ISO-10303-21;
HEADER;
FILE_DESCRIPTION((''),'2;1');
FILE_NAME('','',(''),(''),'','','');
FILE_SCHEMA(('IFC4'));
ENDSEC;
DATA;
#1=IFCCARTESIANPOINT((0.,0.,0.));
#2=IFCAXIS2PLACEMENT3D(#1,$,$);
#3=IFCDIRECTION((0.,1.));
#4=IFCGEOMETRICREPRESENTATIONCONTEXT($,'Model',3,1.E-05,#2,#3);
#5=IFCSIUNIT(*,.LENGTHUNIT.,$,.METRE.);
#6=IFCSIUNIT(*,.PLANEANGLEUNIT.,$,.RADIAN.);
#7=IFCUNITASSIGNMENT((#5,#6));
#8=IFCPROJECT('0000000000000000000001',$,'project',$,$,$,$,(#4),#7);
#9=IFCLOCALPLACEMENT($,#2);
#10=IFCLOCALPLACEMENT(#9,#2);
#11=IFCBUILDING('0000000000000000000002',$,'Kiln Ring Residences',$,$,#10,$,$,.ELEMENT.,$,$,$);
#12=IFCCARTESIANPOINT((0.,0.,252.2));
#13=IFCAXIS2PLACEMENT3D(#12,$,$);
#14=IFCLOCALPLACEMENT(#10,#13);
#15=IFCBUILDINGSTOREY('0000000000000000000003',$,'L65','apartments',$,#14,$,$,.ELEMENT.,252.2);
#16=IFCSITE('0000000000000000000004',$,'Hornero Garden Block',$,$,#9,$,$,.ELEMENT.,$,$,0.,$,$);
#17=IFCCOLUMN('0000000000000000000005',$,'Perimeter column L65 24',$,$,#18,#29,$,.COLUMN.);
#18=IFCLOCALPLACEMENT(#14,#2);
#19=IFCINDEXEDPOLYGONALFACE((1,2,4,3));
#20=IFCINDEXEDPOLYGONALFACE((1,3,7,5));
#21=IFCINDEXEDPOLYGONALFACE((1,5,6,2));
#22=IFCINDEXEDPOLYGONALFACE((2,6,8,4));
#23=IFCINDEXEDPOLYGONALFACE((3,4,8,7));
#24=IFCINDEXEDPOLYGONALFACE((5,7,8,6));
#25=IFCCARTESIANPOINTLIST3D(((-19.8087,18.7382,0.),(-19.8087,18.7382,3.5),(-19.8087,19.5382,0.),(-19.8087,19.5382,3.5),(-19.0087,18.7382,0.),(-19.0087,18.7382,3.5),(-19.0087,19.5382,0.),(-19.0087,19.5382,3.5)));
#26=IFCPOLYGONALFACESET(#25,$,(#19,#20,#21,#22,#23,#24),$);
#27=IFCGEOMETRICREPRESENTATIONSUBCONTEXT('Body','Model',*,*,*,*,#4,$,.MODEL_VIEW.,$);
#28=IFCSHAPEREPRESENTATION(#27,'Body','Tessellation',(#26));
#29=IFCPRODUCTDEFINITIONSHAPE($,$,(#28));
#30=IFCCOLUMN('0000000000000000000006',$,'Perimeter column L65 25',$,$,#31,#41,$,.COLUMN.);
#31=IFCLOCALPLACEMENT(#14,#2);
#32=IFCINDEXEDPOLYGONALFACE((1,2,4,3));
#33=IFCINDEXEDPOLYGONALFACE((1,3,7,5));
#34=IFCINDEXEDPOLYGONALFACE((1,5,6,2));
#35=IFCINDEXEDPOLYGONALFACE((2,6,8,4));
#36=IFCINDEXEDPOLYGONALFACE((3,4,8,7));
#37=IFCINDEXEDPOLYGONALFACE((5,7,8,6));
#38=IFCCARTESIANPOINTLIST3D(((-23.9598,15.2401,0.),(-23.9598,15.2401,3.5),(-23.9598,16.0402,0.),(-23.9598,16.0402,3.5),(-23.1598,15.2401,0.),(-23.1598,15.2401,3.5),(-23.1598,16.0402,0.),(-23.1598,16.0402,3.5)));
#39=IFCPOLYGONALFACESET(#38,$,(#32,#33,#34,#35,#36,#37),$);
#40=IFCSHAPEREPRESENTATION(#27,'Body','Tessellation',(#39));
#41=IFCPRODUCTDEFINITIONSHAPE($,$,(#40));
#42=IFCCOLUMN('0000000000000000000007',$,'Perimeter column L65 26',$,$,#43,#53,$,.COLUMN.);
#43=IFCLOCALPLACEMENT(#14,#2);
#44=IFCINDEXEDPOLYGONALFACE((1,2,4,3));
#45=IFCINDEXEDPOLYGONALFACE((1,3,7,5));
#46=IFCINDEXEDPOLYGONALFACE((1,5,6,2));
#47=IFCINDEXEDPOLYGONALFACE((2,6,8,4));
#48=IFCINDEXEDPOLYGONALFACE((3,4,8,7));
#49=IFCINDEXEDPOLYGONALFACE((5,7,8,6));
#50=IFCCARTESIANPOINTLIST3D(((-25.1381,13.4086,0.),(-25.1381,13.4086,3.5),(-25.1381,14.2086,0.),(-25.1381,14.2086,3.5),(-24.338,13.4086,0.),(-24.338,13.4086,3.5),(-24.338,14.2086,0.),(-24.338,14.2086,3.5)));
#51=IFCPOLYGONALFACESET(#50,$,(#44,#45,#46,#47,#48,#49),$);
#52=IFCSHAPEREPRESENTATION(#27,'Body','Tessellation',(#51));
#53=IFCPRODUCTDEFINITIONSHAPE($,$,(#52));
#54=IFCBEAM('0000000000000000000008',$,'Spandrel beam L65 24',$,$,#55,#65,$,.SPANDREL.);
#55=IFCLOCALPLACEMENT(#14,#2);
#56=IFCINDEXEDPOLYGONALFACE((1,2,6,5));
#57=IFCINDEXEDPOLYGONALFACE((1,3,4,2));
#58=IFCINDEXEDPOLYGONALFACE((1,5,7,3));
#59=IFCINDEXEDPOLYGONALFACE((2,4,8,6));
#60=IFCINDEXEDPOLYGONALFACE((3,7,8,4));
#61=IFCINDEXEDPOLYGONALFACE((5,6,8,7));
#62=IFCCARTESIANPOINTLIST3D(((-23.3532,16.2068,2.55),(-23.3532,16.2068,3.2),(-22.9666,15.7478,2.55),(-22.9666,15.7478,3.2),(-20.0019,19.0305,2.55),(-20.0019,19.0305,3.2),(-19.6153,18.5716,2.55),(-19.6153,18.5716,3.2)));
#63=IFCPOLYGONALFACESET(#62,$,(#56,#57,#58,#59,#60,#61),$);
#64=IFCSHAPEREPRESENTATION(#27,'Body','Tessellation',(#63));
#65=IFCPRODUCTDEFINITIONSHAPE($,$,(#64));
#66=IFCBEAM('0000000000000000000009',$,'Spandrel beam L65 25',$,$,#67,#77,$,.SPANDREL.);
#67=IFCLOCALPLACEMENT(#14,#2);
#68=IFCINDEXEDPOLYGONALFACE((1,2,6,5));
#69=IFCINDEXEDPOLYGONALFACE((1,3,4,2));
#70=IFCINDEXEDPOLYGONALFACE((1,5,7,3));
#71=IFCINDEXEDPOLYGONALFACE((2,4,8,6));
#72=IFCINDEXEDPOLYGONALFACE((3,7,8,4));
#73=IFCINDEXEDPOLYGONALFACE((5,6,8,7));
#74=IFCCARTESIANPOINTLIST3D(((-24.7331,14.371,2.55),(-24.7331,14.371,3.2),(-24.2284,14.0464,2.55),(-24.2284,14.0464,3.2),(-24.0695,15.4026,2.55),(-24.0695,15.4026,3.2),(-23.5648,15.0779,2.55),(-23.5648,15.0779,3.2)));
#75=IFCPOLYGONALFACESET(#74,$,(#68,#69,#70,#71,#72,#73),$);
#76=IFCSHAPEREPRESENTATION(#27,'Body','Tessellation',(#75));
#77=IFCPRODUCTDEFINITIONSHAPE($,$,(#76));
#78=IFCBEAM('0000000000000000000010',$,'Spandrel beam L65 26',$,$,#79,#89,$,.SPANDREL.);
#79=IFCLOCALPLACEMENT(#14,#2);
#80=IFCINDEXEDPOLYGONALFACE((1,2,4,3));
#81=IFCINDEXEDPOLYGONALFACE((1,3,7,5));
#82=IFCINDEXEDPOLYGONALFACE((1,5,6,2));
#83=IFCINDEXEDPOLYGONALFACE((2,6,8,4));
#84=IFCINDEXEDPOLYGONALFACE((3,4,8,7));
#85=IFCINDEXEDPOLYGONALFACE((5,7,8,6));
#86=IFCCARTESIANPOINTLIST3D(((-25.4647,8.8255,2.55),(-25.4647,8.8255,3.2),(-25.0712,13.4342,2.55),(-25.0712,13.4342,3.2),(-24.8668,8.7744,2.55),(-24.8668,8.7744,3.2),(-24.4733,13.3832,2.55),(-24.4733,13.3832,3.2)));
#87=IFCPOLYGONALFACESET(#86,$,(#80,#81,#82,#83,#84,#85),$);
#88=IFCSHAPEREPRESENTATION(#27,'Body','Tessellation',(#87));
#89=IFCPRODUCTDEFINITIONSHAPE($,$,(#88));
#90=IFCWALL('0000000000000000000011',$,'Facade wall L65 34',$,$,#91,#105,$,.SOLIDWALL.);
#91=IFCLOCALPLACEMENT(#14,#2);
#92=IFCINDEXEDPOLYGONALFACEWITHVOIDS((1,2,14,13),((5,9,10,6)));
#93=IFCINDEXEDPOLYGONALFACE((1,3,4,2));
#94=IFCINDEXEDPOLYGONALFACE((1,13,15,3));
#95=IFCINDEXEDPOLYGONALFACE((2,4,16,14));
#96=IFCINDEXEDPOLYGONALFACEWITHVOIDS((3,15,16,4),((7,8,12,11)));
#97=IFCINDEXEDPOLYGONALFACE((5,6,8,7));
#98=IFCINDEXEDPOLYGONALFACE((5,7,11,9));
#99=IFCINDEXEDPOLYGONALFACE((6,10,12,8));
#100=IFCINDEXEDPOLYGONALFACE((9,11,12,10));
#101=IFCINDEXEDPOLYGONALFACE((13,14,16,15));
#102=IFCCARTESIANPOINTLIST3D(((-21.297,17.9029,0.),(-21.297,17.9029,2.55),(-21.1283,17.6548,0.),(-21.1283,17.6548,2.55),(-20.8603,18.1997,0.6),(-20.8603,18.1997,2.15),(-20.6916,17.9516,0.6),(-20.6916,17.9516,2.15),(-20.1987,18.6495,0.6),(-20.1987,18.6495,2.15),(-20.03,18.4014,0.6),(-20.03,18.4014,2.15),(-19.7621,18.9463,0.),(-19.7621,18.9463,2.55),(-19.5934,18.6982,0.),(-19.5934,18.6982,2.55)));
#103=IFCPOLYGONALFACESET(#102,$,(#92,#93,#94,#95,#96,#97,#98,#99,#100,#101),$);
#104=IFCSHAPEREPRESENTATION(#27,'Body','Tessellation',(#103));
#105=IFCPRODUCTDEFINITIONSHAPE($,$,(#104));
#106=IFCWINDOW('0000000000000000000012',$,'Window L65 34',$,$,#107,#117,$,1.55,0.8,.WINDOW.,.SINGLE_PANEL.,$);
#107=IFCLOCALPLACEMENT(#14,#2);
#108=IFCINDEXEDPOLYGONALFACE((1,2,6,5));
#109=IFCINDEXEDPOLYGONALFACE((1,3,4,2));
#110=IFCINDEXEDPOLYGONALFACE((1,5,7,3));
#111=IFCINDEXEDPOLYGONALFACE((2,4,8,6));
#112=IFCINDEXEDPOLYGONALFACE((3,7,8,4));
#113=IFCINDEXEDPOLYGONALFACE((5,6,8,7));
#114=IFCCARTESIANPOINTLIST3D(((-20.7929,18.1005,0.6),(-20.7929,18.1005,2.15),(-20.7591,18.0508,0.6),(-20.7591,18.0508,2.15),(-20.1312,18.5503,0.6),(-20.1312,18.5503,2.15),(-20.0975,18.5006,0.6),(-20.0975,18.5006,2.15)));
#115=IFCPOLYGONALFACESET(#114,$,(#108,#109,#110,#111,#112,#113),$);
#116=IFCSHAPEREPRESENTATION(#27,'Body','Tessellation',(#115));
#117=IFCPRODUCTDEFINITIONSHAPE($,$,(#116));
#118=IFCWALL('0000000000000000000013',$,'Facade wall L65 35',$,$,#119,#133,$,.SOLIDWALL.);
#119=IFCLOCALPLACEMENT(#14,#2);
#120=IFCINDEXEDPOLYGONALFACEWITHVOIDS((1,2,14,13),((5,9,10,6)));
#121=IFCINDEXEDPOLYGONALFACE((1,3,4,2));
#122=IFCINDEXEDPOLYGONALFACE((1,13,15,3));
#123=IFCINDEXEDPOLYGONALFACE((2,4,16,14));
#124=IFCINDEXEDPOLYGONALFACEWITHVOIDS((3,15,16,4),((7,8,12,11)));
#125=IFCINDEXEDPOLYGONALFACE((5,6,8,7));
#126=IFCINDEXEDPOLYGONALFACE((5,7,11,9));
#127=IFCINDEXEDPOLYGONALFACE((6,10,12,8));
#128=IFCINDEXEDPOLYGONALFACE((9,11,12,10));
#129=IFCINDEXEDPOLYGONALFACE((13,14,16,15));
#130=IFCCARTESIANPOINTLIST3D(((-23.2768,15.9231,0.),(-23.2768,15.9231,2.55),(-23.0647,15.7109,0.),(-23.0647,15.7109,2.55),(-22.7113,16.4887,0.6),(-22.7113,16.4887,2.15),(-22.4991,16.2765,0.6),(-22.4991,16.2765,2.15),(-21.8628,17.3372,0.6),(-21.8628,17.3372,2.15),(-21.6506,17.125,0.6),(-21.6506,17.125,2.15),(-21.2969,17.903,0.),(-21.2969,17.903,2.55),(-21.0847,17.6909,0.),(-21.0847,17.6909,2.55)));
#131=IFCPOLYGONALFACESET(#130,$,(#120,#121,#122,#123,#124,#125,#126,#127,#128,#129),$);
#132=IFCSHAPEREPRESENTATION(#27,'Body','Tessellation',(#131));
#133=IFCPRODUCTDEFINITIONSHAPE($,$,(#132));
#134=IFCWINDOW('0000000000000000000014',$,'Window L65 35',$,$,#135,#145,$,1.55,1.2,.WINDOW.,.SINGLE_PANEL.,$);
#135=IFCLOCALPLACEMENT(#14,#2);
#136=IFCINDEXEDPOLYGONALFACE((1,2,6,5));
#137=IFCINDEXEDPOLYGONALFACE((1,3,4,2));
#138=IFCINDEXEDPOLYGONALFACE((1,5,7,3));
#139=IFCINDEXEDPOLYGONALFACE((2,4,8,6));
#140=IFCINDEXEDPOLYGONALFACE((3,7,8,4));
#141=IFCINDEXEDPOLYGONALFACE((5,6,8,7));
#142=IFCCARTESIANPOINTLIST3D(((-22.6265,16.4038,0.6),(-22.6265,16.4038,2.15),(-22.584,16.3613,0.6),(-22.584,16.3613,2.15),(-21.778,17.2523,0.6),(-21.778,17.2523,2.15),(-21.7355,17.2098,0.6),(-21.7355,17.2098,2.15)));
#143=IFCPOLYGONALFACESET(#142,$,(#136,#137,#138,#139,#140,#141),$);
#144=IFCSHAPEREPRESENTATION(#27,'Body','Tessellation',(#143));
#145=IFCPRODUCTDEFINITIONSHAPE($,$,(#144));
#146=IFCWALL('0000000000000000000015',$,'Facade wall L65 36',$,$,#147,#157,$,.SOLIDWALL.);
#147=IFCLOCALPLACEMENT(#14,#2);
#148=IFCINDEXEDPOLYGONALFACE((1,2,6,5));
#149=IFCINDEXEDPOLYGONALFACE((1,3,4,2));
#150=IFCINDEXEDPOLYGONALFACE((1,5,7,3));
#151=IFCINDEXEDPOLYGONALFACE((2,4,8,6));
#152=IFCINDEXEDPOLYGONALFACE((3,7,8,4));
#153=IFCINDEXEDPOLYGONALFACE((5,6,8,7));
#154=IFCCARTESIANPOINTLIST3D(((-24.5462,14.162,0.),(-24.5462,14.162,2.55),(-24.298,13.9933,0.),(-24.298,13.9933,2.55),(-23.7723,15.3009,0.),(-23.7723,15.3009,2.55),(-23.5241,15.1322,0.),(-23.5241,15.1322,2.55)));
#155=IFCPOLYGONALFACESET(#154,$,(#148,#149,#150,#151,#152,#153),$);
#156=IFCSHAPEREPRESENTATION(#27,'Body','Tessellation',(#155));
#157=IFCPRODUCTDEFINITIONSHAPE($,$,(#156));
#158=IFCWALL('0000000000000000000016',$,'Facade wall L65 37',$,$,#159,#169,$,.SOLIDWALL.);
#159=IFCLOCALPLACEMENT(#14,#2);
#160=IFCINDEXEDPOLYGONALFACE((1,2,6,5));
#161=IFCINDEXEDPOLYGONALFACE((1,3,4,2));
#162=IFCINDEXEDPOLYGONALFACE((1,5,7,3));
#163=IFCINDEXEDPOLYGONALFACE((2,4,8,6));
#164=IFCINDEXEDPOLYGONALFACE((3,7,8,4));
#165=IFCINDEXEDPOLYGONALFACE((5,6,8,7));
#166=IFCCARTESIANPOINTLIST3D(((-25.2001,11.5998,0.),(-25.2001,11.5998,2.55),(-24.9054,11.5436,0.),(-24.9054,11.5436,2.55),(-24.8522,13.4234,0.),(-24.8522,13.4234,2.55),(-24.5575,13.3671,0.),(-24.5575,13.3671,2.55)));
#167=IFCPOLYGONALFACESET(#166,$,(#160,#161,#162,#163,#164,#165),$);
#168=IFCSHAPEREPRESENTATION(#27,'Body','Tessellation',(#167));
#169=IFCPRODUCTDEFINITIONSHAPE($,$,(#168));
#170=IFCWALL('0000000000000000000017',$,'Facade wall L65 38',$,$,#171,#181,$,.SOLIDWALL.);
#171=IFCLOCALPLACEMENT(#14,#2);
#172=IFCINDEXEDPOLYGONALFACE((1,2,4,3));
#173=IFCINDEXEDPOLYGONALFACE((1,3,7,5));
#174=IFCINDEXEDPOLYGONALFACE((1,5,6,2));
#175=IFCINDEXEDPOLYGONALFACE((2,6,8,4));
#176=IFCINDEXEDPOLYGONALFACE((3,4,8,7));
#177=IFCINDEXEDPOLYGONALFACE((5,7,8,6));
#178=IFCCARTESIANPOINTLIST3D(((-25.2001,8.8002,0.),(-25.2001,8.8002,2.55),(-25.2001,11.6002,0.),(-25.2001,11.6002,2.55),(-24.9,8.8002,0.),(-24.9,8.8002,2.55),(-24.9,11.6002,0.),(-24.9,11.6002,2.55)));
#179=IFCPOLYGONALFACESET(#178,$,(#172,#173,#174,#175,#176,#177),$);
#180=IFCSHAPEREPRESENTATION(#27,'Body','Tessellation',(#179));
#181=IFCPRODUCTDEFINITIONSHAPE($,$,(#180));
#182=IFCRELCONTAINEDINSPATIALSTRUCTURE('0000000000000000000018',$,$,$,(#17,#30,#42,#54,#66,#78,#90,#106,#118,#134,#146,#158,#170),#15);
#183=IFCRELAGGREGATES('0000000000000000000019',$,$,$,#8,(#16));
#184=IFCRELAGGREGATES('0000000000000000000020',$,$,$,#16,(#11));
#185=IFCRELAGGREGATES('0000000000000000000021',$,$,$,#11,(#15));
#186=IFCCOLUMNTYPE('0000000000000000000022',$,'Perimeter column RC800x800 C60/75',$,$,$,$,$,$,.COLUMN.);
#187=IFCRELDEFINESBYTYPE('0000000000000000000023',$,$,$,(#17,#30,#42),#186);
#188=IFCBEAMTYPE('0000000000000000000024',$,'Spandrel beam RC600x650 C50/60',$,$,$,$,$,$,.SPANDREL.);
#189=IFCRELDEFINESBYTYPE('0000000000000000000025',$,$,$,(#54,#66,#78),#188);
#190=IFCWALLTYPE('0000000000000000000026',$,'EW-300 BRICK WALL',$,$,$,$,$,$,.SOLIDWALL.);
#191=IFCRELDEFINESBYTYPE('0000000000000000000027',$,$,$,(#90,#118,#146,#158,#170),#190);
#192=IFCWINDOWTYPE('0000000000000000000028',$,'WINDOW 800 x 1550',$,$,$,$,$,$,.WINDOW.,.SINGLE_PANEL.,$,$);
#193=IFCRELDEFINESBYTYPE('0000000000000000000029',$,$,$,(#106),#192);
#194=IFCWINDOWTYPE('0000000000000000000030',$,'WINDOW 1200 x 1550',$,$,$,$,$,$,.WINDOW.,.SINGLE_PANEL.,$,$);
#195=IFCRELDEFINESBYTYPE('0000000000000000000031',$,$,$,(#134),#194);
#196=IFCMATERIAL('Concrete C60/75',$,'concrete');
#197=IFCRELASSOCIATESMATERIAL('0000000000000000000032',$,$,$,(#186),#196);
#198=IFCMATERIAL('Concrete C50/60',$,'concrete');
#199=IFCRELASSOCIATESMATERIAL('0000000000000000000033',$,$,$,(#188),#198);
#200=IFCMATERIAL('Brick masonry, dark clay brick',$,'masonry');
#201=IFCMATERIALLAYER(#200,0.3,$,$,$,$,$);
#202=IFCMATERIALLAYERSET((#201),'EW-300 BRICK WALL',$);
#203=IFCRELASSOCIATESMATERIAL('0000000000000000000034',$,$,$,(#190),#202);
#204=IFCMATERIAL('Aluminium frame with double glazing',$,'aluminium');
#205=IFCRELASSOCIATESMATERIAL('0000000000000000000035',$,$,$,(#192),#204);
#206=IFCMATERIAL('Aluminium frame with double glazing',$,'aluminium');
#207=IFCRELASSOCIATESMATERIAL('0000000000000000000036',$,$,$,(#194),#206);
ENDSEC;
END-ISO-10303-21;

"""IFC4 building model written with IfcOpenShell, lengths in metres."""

from ifc_helpers import new_model, si_unit, direction, frame, frame_2d, origin, origin_2d, place, context, subcontext, project, spatial, rectangle, extrude, material, layer, layer_set, material_profile, profile_set, type_object, element, fill, save


model = new_model("IFC4")

# Units and contexts
model_context = context("Model", 3, precision=1e-05, world=origin(), true_north=direction((0.0, 1.0)))
body_context = subcontext(model_context, "Body", "Model", "MODEL_VIEW")
ifc_project = project(units=[si_unit("LENGTHUNIT", "METRE"), si_unit("PLANEANGLEUNIT", "RADIAN")], contexts=[model_context])

# Site, building, storey
site_placement = place(None, origin())
site = spatial("IfcSite", under=ifc_project, at=site_placement, Name="Hornero Garden Block", CompositionType="ELEMENT", RefElevation=0.0)
building_placement = place(site_placement, origin())
building = spatial("IfcBuilding", under=site, at=building_placement, Name="Kiln Ring Residences", CompositionType="ELEMENT")
storey_placement = place(building_placement, frame((0.0, 0.0, 252.2)))
storey = spatial("IfcBuildingStorey", under=building, at=storey_placement, Name="L65", Description="apartments", CompositionType="ELEMENT", Elevation=252.2)

# Columns
ifc_material_1 = material(Name="Concrete C60/75", Category="concrete")
ifc_material_profile_1 = material_profile(ifc_material_1, rectangle(XDim=0.8, YDim=0.8, at=origin_2d()), Name="RC800x800")
ifc_profile_set_1 = profile_set([ifc_material_profile_1], Name="Concrete C60/75")
column_type = type_object("IfcColumnType", Name="Perimeter column RC800x800 C60/75", PredefinedType="COLUMN", material=ifc_profile_set_1)
for number, where, z_axis, x_axis, name in (
    (1, (-19.4087, 19.1382, 0.0), (0.0, 0.0, 1.0), (1.0, 0.0, 0.0), "Perimeter column L65 24"),
    (2, (-23.5598, 15.6401, 0.0), (0.0, 0.0, 1.0), (1.0, 0.0, 0.0), "Perimeter column L65 25"),
    (3, (-24.738, 13.8086, 0.0), (0.0, 0.0, 1.0), (1.0, 0.0, 0.0), "Perimeter column L65 26"),
):
    element("IfcColumn", number, at=place(storey_placement, frame(where, z_axis=z_axis, x_axis=x_axis)), inside=storey, type_object=column_type, Name=name, PredefinedType="COLUMN", context=body_context, shape_type="SweptSolid", body=[
        extrude(rectangle(XDim=0.8, YDim=0.8, at=origin_2d()), origin(), (0.0, 0.0, 1.0), 3.5),
    ])

# Beams
ifc_material_2 = material(Name="Concrete C50/60", Category="concrete")
ifc_material_profile_2 = material_profile(ifc_material_2, rectangle(XDim=0.6001, YDim=0.6499, at=origin_2d()), Name="RC600x650")
ifc_profile_set_2 = profile_set([ifc_material_profile_2], Name="Concrete C50/60")
beam_type = type_object("IfcBeamType", Name="Spandrel beam RC600x650 C50/60", PredefinedType="SPANDREL", material=ifc_profile_set_2)
beam_1_placement = place(storey_placement, frame((-19.8086, 18.801, 2.875), z_axis=(-0.764735, -0.644345, 0.0), x_axis=(0.644345, -0.764735, 0.0)))
element("IfcBeam", 4, at=beam_1_placement, inside=storey, type_object=beam_type, Name="Spandrel beam L65 24", PredefinedType="SPANDREL", context=body_context, shape_type="SweptSolid", body=[
    extrude(rectangle(XDim=0.6001, YDim=0.6499, at=origin_2d()), origin(), (0.0, 0.0, 1.0), 4.3823),
])
beam_2_placement = place(storey_placement, frame((-23.8171, 15.2402, 2.875), z_axis=(-0.541029, -0.841004, 0.0), x_axis=(0.841004, -0.541029, 0.0)))
element("IfcBeam", 5, at=beam_2_placement, inside=storey, type_object=beam_type, Name="Spandrel beam L65 25", PredefinedType="SPANDREL", context=body_context, shape_type="SweptSolid", body=[
    extrude(rectangle(XDim=0.6001, YDim=0.6499, at=origin_2d()), origin(), (0.0, 0.0, 1.0), 1.2266),
])
beam_3_placement = place(storey_placement, frame((-24.7722, 13.4087, 2.875), z_axis=(-0.085085, -0.996374, 0.0), x_axis=(0.996374, -0.085085, 0.0)))
element("IfcBeam", 6, at=beam_3_placement, inside=storey, type_object=beam_type, Name="Spandrel beam L65 26", PredefinedType="SPANDREL", context=body_context, shape_type="SweptSolid", body=[
    extrude(rectangle(XDim=0.6001, YDim=0.6499, at=origin_2d()), origin(), (0.0, 0.0, 1.0), 4.6255),
])

# Walls, openings, windows
ifc_material_3 = material(Name="Brick masonry, dark clay brick", Category="masonry")
ifc_layer_1 = layer(ifc_material_3, 0.3)
ifc_layer_set_1 = layer_set([ifc_layer_1], Name="EW-300 BRICK WALL")
wall_type_1 = type_object("IfcWallType", Name="EW-300 BRICK WALL", PredefinedType="SOLIDWALL", material=ifc_layer_set_1)
wall_1_placement = place(storey_placement, frame((-19.6777, 18.8223, 0.0), z_axis=(0.0, 0.0, 1.0), x_axis=(-0.826997, -0.562206, 0.0)))
wall_1 = element("IfcWall", 7, at=wall_1_placement, inside=storey, type_object=wall_type_1, Name="Facade wall L65 34", PredefinedType="SOLIDWALL", context=body_context, shape_type="SweptSolid", body=[
    extrude(rectangle(XDim=1.856, YDim=0.3, at=frame_2d((0.928, 0.0))), origin(), (0.0, 0.0, 1.0), 2.55),
])
opening_1_placement = place(wall_1_placement, frame((0.5281, 0.0, 0.6001)))
opening_1 = element("IfcOpeningElement", 8, at=opening_1_placement, cuts=wall_1, PredefinedType="OPENING", context=body_context, shape_type="SweptSolid", body=[
    extrude(rectangle(XDim=0.8, YDim=1.55, at=frame_2d((0.3999, 0.7749))), frame((0.0, 0.1599, 0.0), z_axis=(0.0, -1.0, 0.0), x_axis=(1.0, 0.0, 0.0)), (0.0, 0.0, 1.0), 0.3201),
])
ifc_material_4 = material(Name="Aluminium frame with double glazing", Category="aluminium")
window_type_1 = type_object("IfcWindowType", Name="WINDOW 800 x 1550", PartitioningType="SINGLE_PANEL", PredefinedType="WINDOW", material=ifc_material_4)
window_1_placement = place(opening_1_placement, origin())
window_1 = element("IfcWindow", 9, at=window_1_placement, inside=storey, type_object=window_type_1, Name="Window L65 34", OverallHeight=1.55, OverallWidth=0.8, PartitioningType="SINGLE_PANEL", PredefinedType="WINDOW", context=body_context, shape_type="SweptSolid", body=[
    extrude(rectangle(XDim=0.8, YDim=1.55, at=frame_2d((0.3999, 0.7749))), frame((0.0, 0.03, 0.0), z_axis=(0.0, -1.0, 0.0), x_axis=(1.0, 0.0, 0.0)), (0.0, 0.0, 1.0), 0.0601),
])
fill(opening_1, window_1)
wall_2_placement = place(storey_placement, frame((-21.1909, 17.7969, 0.0), z_axis=(0.0, 0.0, 1.0), x_axis=(-0.707107, -0.707107, 0.0)))
wall_2 = element("IfcWall", 10, at=wall_2_placement, inside=storey, type_object=wall_type_1, Name="Facade wall L65 35", PredefinedType="SOLIDWALL", context=body_context, shape_type="SweptSolid", body=[
    extrude(rectangle(XDim=2.8, YDim=0.3, at=frame_2d((1.3999, 0.0))), origin(), (0.0, 0.0, 1.0), 2.55),
])
opening_2_placement = place(wall_2_placement, frame((0.8, 0.0, 0.6001)))
opening_2 = element("IfcOpeningElement", 11, at=opening_2_placement, cuts=wall_2, PredefinedType="OPENING", context=body_context, shape_type="SweptSolid", body=[
    extrude(rectangle(XDim=1.2, YDim=1.55, at=frame_2d((0.6001, 0.7749))), frame((0.0, 0.1599, 0.0), z_axis=(0.0, -1.0, 0.0), x_axis=(1.0, 0.0, 0.0)), (0.0, 0.0, 1.0), 0.3201),
])
ifc_material_5 = material(Name="Aluminium frame with double glazing", Category="aluminium")
window_type_2 = type_object("IfcWindowType", Name="WINDOW 1200 x 1550", PartitioningType="SINGLE_PANEL", PredefinedType="WINDOW", material=ifc_material_5)
window_2_placement = place(opening_2_placement, origin())
window_2 = element("IfcWindow", 12, at=window_2_placement, inside=storey, type_object=window_type_2, Name="Window L65 35", OverallHeight=1.55, OverallWidth=1.2, PartitioningType="SINGLE_PANEL", PredefinedType="WINDOW", context=body_context, shape_type="SweptSolid", body=[
    extrude(rectangle(XDim=1.2, YDim=1.55, at=frame_2d((0.6001, 0.7749))), frame((0.0, 0.03, 0.0), z_axis=(0.0, -1.0, 0.0), x_axis=(1.0, 0.0, 0.0)), (0.0, 0.0, 1.0), 0.0601),
])
fill(opening_2, window_2)

# Walls
wall_3_placement = place(storey_placement, frame((-23.6482, 15.2166, 0.0), z_axis=(0.0, 0.0, 1.0), x_axis=(-0.562043, -0.827108, 0.0)))
element("IfcWall", 13, at=wall_3_placement, inside=storey, type_object=wall_type_1, Name="Facade wall L65 36", PredefinedType="SOLIDWALL", context=body_context, shape_type="SweptSolid", body=[
    extrude(rectangle(XDim=1.377, YDim=0.3, at=frame_2d((0.6885, 0.0))), origin(), (0.0, 0.0, 1.0), 2.55),
])
wall_4_placement = place(storey_placement, frame((-24.7048, 13.3953, 0.0), z_axis=(0.0, 0.0, 1.0), x_axis=(-0.187408, -0.982282, 0.0)))
element("IfcWall", 14, at=wall_4_placement, inside=storey, type_object=wall_type_1, Name="Facade wall L65 37", PredefinedType="SOLIDWALL", context=body_context, shape_type="SweptSolid", body=[
    extrude(rectangle(XDim=1.8564, YDim=0.3, at=frame_2d((0.9282, 0.0))), origin(), (0.0, 0.0, 1.0), 2.55),
])
wall_5_placement = place(storey_placement, frame((-25.05, 11.6001, 0.0), z_axis=(0.0, 0.0, 1.0), x_axis=(0.0, -1.0, 0.0)))
element("IfcWall", 15, at=wall_5_placement, inside=storey, type_object=wall_type_1, Name="Facade wall L65 38", PredefinedType="SOLIDWALL", context=body_context, shape_type="SweptSolid", body=[
    extrude(rectangle(XDim=2.8, YDim=0.3, at=frame_2d((1.3999, 0.0))), origin(), (0.0, 0.0, 1.0), 2.55),
])

save(model, "model.ifc")
